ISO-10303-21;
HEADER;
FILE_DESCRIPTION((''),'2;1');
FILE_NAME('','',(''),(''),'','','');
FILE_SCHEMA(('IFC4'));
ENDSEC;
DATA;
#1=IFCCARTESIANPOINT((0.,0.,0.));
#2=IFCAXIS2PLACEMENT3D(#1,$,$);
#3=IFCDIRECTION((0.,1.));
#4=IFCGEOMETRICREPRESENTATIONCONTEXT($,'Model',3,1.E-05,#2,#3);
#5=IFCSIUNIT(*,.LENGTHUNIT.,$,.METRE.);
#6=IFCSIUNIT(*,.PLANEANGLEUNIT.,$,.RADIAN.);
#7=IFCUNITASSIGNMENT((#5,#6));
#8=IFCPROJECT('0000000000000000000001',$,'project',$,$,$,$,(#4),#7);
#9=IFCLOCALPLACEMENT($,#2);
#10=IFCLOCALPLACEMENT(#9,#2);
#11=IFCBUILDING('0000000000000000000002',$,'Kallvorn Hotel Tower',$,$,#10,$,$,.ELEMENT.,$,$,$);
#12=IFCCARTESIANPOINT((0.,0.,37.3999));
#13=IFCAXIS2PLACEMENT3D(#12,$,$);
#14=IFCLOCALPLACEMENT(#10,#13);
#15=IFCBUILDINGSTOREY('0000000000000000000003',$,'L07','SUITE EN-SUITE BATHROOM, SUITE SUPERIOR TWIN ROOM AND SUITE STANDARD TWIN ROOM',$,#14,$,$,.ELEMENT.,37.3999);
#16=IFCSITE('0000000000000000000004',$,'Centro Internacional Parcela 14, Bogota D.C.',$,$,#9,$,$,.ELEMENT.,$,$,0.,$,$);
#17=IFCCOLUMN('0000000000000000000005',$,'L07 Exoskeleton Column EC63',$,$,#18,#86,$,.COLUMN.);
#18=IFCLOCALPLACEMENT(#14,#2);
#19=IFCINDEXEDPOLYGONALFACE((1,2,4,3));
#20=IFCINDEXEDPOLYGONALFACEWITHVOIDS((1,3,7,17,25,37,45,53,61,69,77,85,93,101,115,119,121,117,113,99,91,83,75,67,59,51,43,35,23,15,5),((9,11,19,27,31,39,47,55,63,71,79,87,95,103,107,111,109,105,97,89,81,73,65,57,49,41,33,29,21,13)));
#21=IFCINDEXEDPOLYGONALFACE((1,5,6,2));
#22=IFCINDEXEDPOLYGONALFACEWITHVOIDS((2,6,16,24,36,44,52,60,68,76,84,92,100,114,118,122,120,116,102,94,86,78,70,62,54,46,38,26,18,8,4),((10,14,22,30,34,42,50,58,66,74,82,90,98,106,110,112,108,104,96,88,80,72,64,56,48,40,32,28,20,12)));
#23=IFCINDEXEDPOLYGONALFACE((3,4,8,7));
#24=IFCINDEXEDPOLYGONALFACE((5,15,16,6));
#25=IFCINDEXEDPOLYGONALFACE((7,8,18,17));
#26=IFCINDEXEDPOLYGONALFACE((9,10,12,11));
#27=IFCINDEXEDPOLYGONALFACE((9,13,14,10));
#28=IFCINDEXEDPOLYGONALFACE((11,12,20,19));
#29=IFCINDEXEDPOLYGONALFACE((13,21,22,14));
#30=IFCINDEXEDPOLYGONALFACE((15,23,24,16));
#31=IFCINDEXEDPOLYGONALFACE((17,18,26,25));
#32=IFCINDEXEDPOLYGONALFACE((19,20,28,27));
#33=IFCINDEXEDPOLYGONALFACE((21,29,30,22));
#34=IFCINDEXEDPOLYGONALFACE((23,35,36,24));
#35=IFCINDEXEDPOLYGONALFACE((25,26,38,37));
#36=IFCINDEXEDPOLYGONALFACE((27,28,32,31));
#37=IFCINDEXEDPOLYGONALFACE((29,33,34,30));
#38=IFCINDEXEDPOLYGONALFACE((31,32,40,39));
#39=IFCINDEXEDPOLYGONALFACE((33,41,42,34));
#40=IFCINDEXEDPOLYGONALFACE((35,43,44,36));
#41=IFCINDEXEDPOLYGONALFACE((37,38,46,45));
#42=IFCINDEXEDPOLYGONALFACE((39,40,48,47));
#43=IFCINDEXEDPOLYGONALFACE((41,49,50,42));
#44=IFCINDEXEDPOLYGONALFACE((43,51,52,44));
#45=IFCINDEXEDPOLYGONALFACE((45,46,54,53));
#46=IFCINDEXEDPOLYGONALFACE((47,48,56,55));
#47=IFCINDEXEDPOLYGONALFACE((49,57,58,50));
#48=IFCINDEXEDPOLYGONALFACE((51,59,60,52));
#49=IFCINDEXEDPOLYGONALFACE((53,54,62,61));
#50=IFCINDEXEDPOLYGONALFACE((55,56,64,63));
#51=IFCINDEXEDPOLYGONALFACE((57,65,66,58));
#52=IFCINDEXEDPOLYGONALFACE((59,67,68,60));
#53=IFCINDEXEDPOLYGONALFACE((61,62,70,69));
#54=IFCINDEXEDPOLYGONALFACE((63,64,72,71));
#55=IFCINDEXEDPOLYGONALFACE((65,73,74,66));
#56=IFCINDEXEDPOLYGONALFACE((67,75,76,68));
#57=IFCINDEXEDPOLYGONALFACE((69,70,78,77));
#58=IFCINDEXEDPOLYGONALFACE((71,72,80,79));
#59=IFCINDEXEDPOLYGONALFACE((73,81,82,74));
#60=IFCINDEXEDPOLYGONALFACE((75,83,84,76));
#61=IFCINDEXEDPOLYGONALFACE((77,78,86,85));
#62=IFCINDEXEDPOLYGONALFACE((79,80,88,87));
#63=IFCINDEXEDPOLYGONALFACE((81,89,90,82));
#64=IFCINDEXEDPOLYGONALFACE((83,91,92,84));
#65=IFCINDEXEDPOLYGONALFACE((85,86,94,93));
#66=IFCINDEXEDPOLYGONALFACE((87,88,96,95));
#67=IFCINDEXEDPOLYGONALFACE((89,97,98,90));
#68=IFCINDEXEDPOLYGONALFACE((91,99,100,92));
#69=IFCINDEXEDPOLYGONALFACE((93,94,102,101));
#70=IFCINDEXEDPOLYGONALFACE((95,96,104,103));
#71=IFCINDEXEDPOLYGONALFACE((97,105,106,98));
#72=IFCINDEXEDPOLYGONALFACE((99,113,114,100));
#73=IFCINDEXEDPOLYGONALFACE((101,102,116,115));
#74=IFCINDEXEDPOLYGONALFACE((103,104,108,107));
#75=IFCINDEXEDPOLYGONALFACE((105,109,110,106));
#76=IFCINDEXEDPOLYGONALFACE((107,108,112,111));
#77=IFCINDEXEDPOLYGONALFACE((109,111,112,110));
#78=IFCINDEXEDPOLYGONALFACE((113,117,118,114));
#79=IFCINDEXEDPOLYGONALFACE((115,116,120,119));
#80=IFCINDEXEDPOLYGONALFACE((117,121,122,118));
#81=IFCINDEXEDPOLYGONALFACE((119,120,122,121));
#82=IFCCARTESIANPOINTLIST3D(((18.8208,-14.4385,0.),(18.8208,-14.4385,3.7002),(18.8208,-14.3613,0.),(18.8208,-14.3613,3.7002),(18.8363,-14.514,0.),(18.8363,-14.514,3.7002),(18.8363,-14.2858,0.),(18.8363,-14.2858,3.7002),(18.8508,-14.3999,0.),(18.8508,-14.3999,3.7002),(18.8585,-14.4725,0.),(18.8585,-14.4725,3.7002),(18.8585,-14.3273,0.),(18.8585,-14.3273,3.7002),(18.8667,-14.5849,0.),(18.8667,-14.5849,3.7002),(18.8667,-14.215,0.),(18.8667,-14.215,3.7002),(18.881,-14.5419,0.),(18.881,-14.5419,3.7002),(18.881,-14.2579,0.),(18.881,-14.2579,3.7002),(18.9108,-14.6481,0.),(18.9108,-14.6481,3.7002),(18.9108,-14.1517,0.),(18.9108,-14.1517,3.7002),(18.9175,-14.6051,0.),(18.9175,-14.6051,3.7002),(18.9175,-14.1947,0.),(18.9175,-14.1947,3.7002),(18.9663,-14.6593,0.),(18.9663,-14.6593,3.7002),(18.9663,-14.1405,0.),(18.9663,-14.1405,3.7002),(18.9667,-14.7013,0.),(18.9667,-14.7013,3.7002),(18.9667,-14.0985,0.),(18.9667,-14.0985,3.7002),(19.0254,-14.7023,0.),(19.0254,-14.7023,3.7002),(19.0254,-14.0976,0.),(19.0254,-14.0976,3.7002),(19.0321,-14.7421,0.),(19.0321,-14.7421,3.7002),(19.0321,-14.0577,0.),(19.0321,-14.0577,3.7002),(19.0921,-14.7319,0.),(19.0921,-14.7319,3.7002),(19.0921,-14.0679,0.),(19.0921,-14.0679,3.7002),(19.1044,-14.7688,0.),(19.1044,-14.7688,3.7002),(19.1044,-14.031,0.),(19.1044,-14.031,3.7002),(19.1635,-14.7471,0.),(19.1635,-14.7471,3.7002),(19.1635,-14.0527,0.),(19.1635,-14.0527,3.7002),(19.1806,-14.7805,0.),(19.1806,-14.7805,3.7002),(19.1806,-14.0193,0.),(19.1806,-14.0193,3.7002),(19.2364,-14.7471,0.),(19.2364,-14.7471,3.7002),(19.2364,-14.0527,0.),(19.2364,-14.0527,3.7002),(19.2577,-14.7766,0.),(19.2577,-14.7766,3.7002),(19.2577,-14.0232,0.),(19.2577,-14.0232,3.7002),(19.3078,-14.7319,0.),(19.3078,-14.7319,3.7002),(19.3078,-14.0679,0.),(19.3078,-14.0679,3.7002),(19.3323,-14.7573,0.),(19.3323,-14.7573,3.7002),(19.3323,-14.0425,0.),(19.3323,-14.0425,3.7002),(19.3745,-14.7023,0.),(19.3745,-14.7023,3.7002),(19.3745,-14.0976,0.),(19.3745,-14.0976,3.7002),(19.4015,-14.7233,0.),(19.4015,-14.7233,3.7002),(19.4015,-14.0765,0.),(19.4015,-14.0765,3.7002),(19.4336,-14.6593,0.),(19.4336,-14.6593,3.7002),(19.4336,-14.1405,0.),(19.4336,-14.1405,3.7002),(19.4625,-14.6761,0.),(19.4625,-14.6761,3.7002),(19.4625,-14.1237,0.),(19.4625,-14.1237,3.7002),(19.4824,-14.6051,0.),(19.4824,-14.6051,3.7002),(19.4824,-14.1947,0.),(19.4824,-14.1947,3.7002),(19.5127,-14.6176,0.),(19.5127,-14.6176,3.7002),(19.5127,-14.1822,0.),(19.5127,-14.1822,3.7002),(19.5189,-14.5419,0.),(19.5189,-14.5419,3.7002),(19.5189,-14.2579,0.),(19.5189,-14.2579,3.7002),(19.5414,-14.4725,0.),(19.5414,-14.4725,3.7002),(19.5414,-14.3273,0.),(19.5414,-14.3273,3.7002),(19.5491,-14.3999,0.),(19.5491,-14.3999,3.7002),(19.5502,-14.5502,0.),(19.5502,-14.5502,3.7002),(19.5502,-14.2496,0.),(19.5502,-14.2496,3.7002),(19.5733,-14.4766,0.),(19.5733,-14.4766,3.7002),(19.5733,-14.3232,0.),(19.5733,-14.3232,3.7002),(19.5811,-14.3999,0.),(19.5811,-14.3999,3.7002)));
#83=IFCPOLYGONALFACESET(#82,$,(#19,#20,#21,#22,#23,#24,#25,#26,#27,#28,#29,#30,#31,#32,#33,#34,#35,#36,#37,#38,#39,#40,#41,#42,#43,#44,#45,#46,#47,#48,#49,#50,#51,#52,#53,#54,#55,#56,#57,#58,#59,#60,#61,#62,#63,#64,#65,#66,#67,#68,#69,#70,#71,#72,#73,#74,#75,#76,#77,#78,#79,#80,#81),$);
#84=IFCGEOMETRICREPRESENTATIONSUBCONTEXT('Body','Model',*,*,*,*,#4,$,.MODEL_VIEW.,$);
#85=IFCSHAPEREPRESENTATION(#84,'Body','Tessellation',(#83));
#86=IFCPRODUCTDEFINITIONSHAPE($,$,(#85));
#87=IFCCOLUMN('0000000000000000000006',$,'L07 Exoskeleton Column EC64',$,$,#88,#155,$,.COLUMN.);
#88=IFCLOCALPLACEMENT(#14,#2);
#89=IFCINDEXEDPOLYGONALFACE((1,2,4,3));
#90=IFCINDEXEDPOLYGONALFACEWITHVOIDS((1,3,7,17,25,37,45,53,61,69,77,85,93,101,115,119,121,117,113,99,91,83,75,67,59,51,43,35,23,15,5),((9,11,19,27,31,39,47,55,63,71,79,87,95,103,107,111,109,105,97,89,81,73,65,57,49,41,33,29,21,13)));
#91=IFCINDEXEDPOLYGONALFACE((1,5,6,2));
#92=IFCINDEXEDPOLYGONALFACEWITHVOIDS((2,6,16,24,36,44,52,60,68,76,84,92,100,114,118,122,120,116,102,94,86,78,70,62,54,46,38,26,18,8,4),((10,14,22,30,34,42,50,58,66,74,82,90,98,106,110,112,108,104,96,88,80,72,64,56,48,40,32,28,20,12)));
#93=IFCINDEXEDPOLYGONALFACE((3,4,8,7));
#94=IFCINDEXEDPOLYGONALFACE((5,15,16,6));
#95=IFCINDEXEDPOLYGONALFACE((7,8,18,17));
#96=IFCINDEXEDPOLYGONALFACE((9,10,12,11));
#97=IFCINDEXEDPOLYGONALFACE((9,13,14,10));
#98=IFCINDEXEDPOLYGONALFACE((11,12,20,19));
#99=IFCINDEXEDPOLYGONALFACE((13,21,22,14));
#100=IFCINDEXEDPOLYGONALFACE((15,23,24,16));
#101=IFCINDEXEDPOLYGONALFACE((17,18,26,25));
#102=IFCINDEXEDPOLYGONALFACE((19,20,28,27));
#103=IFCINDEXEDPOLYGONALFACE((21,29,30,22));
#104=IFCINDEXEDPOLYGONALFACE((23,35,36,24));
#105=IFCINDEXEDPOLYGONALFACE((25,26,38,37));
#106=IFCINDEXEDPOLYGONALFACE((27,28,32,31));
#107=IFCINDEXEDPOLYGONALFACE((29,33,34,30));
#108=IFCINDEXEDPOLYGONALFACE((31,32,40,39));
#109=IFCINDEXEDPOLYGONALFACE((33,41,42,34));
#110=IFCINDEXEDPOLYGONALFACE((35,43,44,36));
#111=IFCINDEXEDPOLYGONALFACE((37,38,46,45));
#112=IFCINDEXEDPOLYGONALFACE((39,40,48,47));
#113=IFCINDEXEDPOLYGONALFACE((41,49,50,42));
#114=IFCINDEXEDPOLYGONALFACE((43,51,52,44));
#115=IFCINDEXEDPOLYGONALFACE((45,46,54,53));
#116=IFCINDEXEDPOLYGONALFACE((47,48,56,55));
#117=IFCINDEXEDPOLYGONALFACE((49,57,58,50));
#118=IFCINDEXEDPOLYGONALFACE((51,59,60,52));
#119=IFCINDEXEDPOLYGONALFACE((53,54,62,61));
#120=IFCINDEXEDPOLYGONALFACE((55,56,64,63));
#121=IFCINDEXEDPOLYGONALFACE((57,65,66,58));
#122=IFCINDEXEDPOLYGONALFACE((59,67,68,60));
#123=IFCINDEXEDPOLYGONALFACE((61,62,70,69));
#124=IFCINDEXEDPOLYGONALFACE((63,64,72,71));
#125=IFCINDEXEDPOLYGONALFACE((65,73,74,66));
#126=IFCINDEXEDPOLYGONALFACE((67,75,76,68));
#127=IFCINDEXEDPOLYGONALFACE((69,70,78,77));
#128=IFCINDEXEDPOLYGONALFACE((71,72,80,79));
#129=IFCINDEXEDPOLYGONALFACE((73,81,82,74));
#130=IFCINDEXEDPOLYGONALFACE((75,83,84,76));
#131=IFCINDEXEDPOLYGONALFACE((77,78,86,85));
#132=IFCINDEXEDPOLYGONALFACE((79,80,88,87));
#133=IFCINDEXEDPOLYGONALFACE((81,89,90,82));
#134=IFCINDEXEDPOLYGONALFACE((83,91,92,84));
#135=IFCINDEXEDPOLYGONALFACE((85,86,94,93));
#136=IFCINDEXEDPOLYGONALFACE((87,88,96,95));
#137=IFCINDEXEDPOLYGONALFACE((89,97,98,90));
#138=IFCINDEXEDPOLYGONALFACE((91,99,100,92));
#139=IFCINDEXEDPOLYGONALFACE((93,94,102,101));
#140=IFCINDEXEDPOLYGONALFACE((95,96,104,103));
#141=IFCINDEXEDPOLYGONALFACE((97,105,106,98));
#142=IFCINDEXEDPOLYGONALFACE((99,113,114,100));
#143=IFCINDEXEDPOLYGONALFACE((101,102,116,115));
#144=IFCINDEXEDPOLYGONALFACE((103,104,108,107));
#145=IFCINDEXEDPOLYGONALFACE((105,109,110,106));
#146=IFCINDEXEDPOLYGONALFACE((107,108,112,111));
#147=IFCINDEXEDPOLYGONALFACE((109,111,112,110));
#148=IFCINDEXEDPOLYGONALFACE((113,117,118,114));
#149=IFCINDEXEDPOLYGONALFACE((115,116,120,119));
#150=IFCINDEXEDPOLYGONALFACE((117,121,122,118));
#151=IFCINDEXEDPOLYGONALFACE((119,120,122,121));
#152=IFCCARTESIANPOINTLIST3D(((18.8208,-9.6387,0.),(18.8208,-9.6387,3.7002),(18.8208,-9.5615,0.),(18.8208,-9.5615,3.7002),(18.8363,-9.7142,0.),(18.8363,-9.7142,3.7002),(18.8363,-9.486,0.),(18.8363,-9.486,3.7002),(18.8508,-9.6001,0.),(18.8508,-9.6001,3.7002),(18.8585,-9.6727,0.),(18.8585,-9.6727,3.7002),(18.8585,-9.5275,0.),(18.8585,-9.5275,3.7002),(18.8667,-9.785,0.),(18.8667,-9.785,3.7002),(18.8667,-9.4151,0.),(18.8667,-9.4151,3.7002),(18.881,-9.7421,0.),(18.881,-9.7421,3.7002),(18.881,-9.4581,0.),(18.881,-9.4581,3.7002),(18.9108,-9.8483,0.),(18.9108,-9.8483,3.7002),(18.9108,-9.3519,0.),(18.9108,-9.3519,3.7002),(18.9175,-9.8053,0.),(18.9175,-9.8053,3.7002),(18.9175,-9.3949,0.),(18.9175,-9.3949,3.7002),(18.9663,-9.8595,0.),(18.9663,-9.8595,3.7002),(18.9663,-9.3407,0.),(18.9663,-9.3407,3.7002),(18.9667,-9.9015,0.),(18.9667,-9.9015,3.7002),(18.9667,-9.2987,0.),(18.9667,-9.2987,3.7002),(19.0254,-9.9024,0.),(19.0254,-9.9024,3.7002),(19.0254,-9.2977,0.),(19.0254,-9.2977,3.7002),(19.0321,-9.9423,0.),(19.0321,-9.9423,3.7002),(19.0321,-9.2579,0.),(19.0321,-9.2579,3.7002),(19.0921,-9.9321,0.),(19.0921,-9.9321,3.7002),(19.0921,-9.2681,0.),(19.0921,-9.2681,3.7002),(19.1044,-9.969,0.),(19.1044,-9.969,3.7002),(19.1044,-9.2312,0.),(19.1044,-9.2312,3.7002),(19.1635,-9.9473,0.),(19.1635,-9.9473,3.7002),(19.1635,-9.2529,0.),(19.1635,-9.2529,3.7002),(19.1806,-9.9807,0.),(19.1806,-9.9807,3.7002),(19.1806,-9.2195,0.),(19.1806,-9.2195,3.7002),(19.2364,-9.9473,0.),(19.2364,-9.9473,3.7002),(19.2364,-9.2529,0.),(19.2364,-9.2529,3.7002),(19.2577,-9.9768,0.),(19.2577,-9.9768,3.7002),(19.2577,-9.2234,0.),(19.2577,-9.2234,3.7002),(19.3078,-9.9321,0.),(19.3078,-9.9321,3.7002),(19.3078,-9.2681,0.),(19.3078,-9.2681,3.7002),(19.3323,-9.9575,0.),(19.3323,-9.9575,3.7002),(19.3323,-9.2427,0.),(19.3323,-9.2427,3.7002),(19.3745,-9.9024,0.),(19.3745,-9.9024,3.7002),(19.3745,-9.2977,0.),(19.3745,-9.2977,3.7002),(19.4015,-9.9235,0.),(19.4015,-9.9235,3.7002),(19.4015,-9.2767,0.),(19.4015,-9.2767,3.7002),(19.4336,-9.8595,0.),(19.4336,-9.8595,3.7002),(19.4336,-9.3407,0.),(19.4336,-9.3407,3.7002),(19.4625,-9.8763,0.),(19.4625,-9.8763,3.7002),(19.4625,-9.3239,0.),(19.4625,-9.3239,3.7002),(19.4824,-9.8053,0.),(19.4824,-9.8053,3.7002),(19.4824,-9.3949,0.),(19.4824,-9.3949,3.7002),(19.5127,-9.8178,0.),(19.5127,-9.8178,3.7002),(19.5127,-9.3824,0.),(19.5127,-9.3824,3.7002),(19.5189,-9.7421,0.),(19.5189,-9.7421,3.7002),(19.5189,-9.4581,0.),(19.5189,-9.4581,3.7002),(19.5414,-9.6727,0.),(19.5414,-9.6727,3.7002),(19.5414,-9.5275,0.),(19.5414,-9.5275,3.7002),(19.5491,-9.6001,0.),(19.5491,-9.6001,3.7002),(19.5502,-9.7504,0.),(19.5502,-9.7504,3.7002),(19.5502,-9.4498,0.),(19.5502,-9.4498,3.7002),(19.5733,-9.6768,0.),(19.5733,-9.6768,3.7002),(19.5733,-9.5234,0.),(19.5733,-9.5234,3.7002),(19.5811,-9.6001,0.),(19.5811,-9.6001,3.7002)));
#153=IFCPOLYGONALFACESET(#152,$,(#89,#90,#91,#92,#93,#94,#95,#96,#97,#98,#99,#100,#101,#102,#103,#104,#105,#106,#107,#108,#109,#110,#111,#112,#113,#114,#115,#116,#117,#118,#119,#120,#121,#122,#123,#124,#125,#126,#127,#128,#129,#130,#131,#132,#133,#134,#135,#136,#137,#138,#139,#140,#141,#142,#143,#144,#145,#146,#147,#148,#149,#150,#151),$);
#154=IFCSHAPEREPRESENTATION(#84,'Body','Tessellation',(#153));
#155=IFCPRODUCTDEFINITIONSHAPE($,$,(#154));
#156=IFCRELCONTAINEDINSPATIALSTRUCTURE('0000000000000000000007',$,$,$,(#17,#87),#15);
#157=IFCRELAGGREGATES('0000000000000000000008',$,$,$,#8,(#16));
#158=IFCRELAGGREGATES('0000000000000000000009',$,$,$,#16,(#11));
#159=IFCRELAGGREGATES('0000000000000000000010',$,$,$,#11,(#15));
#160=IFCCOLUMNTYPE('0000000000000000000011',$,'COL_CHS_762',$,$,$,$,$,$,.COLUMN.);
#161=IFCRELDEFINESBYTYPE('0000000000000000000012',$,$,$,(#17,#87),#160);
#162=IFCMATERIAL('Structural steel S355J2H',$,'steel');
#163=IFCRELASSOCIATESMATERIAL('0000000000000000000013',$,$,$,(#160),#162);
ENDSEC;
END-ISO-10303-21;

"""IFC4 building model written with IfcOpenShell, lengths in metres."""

from ifc_helpers import new_model, si_unit, direction, frame, origin, origin_2d, place, context, subcontext, project, spatial, hollow_circle, extrude, material, material_profile, profile_set, type_object, element, save


model = new_model("IFC4")

# Units and contexts
model_context = context("Model", 3, precision=1e-05, world=origin(), true_north=direction((0.0, 1.0)))
body_context = subcontext(model_context, "Body", "Model", "MODEL_VIEW")
ifc_project = project(units=[si_unit("LENGTHUNIT", "METRE"), si_unit("PLANEANGLEUNIT", "RADIAN")], contexts=[model_context])

# Site, building, storey
site_placement = place(None, origin())
site = spatial("IfcSite", under=ifc_project, at=site_placement, Name="Centro Internacional Parcela 14, Bogota D.C.", CompositionType="ELEMENT", RefElevation=0.0)
building_placement = place(site_placement, origin())
building = spatial("IfcBuilding", under=site, at=building_placement, Name="Kallvorn Hotel Tower", CompositionType="ELEMENT")
storey_placement = place(building_placement, frame((0.0, 0.0, 37.3999)))
storey = spatial("IfcBuildingStorey", under=building, at=storey_placement, Name="L07", Description="SUITE EN-SUITE BATHROOM, SUITE SUPERIOR TWIN ROOM AND SUITE STANDARD TWIN ROOM", CompositionType="ELEMENT", Elevation=37.3999)

# Columns
ifc_material_1 = material(Name="Structural steel S355J2H", Category="steel")
ifc_material_profile_1 = material_profile(ifc_material_1, hollow_circle(Radius=0.3811, WallThickness=0.032, at=origin_2d()), Name="CHS 762x32")
ifc_profile_set_1 = profile_set([ifc_material_profile_1], Name="Structural steel S355J2H")
column_type_1 = type_object("IfcColumnType", Name="COL_CHS_762", PredefinedType="COLUMN", material=ifc_profile_set_1)
for number, where, z_axis, x_axis, name in (
    (1, (19.2, -14.3999, 0.0), (0.0, 0.0, 1.0), (1.0, 0.0, 0.0), "L07 Exoskeleton Column EC63"),
    (2, (19.2, -9.6001, 0.0), (0.0, 0.0, 1.0), (1.0, 0.0, 0.0), "L07 Exoskeleton Column EC64"),
):
    element("IfcColumn", number, at=place(storey_placement, frame(where, z_axis=z_axis, x_axis=x_axis)), inside=storey, type_object=column_type_1, Name=name, PredefinedType="COLUMN", context=body_context, shape_type="SweptSolid", body=[
        extrude(hollow_circle(Radius=0.3811, WallThickness=0.032, at=origin_2d()), origin(), (0.0, 0.0, 1.0), 3.7002),
    ])

save(model, "model.ifc")
